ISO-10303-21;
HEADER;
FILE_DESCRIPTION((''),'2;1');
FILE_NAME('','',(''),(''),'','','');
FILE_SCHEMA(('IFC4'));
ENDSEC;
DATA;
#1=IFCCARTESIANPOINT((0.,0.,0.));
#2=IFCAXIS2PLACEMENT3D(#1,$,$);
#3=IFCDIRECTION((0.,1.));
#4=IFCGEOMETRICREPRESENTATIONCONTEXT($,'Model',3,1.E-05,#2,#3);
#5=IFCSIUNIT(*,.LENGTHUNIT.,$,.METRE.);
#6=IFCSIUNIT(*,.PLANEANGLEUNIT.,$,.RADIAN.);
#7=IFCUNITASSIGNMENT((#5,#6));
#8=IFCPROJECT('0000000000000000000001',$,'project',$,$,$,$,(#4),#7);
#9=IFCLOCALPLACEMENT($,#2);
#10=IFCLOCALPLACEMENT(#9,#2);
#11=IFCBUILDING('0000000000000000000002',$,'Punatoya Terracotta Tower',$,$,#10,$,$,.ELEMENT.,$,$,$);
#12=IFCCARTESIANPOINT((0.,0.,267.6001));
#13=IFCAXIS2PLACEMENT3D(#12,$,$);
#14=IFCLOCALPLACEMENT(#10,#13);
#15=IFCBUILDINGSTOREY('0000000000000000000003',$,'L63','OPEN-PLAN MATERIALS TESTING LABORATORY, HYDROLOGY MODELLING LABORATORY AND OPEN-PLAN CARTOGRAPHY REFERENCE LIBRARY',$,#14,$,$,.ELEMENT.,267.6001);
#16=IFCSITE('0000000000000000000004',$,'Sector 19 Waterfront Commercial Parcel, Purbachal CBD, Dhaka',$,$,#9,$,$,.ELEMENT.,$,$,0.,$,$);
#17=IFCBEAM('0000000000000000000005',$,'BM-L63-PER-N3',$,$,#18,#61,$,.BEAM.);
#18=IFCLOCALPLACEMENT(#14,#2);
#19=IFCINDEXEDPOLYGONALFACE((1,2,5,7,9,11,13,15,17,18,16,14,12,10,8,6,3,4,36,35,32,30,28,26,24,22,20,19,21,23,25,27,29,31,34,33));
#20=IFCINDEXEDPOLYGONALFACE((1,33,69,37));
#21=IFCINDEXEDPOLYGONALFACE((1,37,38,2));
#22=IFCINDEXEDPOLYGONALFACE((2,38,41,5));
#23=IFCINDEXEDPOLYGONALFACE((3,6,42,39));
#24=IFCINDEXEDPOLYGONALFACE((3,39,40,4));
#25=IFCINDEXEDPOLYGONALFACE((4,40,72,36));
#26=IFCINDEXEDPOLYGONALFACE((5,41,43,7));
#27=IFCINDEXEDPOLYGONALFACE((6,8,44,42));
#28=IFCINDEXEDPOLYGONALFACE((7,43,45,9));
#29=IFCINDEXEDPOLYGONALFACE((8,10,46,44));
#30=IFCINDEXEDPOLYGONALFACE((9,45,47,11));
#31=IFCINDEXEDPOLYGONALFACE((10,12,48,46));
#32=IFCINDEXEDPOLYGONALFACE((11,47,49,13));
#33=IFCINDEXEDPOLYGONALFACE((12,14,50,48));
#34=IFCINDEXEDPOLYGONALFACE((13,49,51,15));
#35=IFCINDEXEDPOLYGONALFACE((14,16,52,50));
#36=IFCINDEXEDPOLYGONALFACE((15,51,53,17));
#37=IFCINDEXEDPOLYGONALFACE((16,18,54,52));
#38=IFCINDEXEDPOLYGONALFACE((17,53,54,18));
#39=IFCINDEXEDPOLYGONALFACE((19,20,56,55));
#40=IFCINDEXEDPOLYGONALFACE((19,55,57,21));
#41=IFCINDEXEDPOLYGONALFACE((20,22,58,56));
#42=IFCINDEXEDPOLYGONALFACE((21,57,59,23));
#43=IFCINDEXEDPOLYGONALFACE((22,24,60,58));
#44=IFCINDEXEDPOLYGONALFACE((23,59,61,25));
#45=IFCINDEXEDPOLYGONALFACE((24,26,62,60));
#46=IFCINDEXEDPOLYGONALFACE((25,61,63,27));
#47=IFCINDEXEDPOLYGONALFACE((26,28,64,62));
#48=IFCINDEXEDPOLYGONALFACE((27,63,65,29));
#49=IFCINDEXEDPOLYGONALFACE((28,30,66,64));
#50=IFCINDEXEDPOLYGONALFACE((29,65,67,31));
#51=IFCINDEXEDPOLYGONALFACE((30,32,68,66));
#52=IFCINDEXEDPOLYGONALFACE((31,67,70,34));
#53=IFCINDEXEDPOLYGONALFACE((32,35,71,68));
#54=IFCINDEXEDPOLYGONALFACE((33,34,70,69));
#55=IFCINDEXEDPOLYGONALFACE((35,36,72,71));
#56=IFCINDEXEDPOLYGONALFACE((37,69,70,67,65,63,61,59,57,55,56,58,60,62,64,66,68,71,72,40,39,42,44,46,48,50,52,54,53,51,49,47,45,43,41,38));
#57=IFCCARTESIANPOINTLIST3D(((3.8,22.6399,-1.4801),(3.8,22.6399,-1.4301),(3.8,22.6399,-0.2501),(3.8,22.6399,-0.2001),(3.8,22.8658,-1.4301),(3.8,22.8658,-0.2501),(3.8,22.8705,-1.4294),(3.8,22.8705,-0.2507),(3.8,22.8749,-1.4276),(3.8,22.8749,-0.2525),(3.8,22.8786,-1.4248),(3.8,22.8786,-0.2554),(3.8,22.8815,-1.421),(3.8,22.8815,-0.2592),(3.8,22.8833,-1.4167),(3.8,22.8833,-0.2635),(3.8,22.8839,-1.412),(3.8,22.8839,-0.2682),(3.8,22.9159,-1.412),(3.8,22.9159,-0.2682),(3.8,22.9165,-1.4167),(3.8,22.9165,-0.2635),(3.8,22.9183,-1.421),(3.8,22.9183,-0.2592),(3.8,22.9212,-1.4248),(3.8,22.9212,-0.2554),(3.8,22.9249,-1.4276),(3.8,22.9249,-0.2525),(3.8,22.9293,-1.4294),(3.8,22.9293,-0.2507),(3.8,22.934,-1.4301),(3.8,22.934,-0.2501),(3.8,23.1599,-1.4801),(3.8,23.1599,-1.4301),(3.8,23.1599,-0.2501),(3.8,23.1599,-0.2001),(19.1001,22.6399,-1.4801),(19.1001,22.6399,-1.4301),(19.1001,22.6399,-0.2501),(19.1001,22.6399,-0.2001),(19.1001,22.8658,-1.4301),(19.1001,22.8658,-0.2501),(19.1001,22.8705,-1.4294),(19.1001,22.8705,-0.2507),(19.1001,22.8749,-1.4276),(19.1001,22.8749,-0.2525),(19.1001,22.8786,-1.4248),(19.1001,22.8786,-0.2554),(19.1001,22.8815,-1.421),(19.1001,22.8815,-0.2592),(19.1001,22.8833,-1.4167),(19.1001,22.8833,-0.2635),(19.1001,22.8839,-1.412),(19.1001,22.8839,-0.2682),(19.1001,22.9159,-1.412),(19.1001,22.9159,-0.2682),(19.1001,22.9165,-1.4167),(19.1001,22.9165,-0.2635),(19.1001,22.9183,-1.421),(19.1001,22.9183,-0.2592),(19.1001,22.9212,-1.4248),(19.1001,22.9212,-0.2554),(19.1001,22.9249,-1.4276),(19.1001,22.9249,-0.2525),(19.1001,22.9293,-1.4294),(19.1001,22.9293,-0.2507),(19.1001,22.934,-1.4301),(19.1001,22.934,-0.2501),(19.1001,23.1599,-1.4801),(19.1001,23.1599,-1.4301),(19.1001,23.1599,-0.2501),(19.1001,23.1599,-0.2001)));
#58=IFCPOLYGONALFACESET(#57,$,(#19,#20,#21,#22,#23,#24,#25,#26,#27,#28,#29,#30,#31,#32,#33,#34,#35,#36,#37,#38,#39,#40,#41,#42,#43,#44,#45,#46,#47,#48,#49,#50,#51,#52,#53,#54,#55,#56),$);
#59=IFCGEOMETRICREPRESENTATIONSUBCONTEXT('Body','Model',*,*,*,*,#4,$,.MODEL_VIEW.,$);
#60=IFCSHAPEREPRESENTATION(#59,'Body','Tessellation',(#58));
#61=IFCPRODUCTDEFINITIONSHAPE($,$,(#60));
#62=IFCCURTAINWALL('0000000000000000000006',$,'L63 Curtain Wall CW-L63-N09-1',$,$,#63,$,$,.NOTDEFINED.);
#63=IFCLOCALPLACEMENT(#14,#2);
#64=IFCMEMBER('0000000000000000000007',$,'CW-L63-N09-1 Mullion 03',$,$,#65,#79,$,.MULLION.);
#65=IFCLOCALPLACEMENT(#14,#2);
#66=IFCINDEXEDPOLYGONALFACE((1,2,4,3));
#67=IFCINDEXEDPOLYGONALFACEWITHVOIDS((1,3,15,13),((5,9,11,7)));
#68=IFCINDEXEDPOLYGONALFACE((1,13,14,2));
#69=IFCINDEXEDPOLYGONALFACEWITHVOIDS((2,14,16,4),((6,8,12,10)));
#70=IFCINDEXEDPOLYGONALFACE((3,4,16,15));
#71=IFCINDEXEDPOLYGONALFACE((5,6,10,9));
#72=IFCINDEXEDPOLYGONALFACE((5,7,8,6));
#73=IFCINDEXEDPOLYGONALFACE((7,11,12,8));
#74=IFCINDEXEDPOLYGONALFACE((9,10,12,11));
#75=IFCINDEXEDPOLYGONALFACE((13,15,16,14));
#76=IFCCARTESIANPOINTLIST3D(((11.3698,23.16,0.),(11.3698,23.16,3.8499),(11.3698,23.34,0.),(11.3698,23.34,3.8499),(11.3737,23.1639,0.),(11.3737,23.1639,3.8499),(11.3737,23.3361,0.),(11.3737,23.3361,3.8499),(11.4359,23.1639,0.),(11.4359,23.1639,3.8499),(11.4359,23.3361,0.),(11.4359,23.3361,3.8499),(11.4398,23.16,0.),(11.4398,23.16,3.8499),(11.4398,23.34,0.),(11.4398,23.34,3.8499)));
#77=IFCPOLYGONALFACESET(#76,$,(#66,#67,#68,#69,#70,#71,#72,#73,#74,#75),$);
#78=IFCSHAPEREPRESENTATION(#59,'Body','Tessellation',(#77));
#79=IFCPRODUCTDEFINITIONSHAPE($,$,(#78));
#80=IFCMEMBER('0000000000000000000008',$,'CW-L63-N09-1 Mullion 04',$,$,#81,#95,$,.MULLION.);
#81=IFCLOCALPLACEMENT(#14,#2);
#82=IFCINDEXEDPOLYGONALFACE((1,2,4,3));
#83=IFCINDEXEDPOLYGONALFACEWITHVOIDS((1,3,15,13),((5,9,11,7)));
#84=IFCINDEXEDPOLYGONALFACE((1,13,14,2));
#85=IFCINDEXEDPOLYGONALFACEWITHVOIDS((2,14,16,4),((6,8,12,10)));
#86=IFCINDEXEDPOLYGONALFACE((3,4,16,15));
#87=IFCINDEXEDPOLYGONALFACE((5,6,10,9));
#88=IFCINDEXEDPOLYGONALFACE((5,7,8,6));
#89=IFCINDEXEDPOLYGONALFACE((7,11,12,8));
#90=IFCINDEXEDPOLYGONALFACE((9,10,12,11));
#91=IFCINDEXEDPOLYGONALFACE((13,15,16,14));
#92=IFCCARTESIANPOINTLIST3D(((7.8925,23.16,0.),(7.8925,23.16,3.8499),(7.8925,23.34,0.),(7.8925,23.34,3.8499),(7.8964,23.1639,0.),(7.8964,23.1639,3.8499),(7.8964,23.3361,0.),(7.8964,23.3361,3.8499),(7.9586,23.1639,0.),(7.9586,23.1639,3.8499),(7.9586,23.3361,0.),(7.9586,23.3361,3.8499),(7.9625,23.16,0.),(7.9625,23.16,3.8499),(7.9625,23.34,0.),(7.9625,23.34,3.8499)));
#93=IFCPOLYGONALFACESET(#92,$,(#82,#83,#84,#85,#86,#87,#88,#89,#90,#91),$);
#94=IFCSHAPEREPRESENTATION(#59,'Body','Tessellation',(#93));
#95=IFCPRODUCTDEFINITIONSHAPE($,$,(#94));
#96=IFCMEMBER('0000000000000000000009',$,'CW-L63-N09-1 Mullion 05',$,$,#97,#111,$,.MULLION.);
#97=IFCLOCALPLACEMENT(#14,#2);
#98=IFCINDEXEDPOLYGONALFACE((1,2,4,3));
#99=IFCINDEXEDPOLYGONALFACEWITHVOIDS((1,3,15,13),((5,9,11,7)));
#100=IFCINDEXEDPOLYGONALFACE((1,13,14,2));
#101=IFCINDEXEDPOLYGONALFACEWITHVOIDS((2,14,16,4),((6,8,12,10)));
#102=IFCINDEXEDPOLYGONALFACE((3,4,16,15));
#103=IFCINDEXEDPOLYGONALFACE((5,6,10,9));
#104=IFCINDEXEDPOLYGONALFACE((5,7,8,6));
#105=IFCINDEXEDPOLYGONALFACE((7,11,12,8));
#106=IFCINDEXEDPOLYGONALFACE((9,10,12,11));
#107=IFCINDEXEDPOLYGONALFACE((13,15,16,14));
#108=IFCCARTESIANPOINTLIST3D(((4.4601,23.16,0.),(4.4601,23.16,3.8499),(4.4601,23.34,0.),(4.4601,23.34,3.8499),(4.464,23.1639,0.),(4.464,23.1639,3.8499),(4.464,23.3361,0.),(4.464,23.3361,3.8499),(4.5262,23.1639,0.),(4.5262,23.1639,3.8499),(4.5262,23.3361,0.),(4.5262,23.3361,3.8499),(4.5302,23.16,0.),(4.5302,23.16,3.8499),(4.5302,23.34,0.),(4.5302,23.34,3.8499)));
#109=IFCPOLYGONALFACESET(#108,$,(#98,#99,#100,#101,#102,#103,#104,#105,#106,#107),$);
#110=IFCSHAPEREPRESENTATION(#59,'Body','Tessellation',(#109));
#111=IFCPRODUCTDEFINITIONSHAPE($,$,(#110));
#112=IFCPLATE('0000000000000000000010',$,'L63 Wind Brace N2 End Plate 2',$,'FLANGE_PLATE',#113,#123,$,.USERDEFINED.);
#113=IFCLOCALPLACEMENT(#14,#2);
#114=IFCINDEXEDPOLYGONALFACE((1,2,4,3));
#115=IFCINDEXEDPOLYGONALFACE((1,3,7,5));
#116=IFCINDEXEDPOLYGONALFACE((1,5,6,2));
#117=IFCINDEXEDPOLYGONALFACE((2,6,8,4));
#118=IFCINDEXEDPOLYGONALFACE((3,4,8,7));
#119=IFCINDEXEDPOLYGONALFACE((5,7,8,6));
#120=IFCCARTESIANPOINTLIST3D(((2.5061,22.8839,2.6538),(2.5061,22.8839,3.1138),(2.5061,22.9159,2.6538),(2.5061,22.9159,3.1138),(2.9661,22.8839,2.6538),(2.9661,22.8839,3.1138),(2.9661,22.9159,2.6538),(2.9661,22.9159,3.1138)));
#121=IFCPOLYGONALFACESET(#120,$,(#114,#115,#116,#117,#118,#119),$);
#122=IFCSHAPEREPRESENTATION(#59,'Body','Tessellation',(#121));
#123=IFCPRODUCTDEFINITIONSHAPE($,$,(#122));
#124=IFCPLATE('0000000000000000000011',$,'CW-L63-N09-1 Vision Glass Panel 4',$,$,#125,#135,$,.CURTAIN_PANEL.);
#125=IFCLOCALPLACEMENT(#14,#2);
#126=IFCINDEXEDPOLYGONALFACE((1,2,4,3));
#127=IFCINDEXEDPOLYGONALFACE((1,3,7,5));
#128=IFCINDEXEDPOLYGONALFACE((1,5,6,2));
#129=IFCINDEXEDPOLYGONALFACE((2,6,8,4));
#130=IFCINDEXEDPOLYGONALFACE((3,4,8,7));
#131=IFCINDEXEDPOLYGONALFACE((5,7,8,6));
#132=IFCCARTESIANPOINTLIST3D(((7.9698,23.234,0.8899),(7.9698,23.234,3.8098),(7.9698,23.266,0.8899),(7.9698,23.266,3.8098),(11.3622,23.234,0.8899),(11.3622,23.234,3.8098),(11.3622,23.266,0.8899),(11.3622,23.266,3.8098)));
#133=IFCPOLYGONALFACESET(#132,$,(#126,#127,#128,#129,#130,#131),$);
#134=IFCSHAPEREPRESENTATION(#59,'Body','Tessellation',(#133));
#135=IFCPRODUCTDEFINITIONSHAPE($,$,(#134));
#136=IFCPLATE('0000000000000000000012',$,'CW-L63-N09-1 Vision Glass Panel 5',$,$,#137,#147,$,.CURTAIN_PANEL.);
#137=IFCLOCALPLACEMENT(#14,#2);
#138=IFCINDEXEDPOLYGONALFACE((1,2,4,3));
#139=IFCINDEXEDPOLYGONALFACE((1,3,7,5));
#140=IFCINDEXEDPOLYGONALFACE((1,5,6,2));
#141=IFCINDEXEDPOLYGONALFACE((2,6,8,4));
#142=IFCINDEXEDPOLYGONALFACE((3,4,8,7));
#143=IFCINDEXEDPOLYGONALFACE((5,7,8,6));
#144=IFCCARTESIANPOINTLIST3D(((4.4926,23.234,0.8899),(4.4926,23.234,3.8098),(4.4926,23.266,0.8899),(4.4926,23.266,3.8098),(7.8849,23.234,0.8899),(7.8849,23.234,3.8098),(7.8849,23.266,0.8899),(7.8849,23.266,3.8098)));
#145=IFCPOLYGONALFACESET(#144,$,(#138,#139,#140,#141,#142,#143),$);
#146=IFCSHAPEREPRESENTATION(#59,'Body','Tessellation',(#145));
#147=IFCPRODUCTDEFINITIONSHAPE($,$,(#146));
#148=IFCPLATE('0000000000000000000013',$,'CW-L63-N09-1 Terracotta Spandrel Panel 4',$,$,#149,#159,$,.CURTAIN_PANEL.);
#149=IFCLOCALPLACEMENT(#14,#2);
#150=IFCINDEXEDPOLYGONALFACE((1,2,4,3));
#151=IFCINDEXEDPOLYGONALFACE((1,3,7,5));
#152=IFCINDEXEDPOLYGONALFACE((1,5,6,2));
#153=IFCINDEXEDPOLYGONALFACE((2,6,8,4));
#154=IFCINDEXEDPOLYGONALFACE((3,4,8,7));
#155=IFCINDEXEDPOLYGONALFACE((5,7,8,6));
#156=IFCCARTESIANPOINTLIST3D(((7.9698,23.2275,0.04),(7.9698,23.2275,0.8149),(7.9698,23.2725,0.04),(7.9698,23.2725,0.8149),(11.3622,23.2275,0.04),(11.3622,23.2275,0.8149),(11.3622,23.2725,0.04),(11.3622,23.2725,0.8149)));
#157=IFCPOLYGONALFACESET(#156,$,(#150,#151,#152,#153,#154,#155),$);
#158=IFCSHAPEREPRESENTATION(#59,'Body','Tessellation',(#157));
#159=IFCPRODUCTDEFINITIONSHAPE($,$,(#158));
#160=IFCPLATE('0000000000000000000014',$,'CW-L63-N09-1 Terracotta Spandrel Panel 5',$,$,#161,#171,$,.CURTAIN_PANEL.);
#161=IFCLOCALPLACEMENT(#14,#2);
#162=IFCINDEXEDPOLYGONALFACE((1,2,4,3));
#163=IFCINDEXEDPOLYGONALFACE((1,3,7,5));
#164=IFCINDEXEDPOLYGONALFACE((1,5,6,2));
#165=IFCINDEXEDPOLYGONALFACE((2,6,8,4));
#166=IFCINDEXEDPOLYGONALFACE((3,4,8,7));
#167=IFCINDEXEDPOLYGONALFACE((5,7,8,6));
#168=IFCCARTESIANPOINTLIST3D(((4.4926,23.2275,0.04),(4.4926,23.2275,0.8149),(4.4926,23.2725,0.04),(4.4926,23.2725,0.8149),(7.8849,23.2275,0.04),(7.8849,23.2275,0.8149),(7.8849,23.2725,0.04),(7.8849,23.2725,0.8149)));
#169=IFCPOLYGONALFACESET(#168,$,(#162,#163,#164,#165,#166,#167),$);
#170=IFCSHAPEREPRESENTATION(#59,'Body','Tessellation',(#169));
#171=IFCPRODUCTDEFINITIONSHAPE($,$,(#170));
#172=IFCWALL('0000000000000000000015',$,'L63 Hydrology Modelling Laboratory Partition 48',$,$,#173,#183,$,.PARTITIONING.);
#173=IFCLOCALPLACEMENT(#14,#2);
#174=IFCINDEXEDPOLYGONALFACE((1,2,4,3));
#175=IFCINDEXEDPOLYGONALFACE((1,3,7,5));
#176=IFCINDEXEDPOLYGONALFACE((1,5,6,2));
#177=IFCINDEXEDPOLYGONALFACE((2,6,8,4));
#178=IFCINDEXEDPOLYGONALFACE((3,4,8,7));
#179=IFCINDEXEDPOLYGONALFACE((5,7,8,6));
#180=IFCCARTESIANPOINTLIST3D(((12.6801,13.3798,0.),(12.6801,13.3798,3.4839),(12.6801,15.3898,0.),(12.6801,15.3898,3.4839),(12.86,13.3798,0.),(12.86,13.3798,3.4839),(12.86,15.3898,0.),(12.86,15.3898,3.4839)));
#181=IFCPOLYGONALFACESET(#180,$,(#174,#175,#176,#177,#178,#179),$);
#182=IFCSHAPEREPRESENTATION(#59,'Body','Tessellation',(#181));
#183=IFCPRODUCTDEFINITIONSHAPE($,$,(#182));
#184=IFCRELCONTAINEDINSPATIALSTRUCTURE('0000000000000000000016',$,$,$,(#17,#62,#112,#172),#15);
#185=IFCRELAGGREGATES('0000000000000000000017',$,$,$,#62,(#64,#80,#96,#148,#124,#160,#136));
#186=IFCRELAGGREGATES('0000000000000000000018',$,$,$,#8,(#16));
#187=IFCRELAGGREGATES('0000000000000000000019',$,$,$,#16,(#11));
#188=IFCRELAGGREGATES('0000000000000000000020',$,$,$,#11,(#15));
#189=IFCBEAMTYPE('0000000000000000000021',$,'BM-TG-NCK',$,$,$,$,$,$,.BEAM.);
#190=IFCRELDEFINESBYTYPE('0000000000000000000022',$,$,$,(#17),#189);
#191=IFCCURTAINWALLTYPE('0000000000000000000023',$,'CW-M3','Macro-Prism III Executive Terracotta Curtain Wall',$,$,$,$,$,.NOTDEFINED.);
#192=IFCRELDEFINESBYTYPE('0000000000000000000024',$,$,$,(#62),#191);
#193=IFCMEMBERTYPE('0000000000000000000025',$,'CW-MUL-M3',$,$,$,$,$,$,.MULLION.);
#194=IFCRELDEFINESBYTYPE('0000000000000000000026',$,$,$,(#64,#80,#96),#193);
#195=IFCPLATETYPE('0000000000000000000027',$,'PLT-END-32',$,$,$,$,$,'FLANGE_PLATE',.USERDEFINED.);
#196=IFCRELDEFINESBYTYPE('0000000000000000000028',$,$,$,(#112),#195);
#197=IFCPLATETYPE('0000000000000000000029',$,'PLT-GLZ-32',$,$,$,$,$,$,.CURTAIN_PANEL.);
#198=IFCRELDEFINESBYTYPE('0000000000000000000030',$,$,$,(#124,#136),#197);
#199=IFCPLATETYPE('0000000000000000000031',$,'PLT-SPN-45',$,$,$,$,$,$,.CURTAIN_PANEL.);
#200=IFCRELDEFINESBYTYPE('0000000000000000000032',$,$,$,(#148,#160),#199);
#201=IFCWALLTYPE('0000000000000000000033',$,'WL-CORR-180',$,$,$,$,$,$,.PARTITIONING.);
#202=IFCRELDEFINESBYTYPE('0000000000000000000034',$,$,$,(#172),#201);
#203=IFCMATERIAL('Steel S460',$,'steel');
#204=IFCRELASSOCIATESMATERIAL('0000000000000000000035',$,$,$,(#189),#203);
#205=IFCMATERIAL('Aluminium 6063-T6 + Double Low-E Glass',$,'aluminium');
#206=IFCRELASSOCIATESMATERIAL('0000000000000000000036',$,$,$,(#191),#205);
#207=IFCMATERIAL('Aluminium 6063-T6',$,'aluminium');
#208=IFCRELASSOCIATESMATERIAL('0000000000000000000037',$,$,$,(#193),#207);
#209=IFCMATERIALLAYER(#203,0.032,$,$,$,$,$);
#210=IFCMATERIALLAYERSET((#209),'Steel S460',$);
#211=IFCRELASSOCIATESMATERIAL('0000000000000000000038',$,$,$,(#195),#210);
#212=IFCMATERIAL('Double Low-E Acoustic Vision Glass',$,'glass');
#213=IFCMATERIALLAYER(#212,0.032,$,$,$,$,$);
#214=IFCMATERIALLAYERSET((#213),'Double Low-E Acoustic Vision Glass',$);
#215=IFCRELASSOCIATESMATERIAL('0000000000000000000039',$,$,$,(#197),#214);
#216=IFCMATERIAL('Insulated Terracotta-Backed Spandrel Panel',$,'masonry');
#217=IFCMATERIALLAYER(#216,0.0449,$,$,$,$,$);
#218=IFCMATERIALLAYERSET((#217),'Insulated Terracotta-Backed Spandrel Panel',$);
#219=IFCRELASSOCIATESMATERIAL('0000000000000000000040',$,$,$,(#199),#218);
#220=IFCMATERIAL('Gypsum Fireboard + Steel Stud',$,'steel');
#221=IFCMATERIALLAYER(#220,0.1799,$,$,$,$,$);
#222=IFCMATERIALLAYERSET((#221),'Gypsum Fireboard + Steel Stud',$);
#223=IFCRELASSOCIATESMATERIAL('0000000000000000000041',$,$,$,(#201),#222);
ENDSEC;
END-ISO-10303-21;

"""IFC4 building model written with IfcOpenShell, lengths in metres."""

from ifc_helpers import new_model, si_unit, direction, frame, frame_2d, origin, origin_2d, place, context, subcontext, project, spatial, rectangle, hollow_rectangle, i_section, extrude, material, layer, layer_set, material_profile, profile_set, type_object, element, aggregate, save


model = new_model("IFC4")

# Units and contexts
model_context = context("Model", 3, precision=1e-05, world=origin(), true_north=direction((0.0, 1.0)))
body_context = subcontext(model_context, "Body", "Model", "MODEL_VIEW")
ifc_project = project(units=[si_unit("LENGTHUNIT", "METRE"), si_unit("PLANEANGLEUNIT", "RADIAN")], contexts=[model_context])

# Site, building, storey
site_placement = place(None, origin())
site = spatial("IfcSite", under=ifc_project, at=site_placement, Name="Sector 19 Waterfront Commercial Parcel, Purbachal CBD, Dhaka", CompositionType="ELEMENT", RefElevation=0.0)
building_placement = place(site_placement, origin())
building = spatial("IfcBuilding", under=site, at=building_placement, Name="Punatoya Terracotta Tower", CompositionType="ELEMENT")
storey_placement = place(building_placement, frame((0.0, 0.0, 267.6001)))
storey = spatial("IfcBuildingStorey", under=building, at=storey_placement, Name="L63", Description="OPEN-PLAN MATERIALS TESTING LABORATORY, HYDROLOGY MODELLING LABORATORY AND OPEN-PLAN CARTOGRAPHY REFERENCE LIBRARY", CompositionType="ELEMENT", Elevation=267.6001)

# Shared definitions
ifc_material_1 = material(Name="Steel S460", Category="steel")

# Beam
ifc_material_profile_1 = material_profile(ifc_material_1, i_section(OverallWidth=0.52, OverallDepth=1.28, WebThickness=0.032, FlangeThickness=0.05, FilletRadius=0.0181, at=origin_2d()))
ifc_profile_set_1 = profile_set([ifc_material_profile_1], Name="Steel S460")
beam_type_1 = type_object("IfcBeamType", Name="BM-TG-NCK", PredefinedType="BEAM", material=ifc_profile_set_1)
beam_1_placement = place(storey_placement, frame((3.8, 22.8999, -0.8401), z_axis=(1.0, 0.0, 0.0), x_axis=(0.0, 1.0, 0.0)))
element("IfcBeam", 1, at=beam_1_placement, inside=storey, type_object=beam_type_1, Name="BM-L63-PER-N3", PredefinedType="BEAM", context=body_context, shape_type="SweptSolid", body=[
    extrude(i_section(OverallWidth=0.52, OverallDepth=1.28, WebThickness=0.032, FlangeThickness=0.05, FilletRadius=0.0181, at=origin_2d()), origin(), (0.0, 0.0, 1.0), 15.3),
])

# Curtain wall, members
ifc_material_2 = material(Name="Aluminium 6063-T6 + Double Low-E Glass", Category="aluminium")
curtain_wall_type = type_object("IfcCurtainWallType", Name="CW-M3", Description="Macro-Prism III Executive Terracotta Curtain Wall", PredefinedType="NOTDEFINED", material=ifc_material_2)
curtain_wall_placement = place(storey_placement, origin())
curtain_wall = element("IfcCurtainWall", 2, at=curtain_wall_placement, inside=storey, type_object=curtain_wall_type, Name="L63 Curtain Wall CW-L63-N09-1", PredefinedType="NOTDEFINED")
ifc_material_3 = material(Name="Aluminium 6063-T6", Category="aluminium")
ifc_material_profile_2 = material_profile(ifc_material_3, hollow_rectangle(XDim=0.0701, YDim=0.1799, WallThickness=0.0039, at=origin_2d()))
ifc_profile_set_2 = profile_set([ifc_material_profile_2], Name="Aluminium 6063-T6")
member_type = type_object("IfcMemberType", Name="CW-MUL-M3", PredefinedType="MULLION", material=ifc_profile_set_2)
member_1_placement = place(storey_placement, frame((11.4048, 23.25, 0.0), z_axis=(0.0, 0.0, 1.0), x_axis=(1.0, 0.0, 0.0)))
member_1 = element("IfcMember", 3, at=member_1_placement, type_object=member_type, Name="CW-L63-N09-1 Mullion 03", PredefinedType="MULLION", context=body_context, shape_type="SweptSolid", body=[
    extrude(hollow_rectangle(XDim=0.0701, YDim=0.1799, WallThickness=0.0039, at=origin_2d()), origin(), (0.0, 0.0, 1.0), 3.8499),
])
member_2_placement = place(storey_placement, frame((7.9275, 23.25, 0.0), z_axis=(0.0, 0.0, 1.0), x_axis=(1.0, 0.0, 0.0)))
member_2 = element("IfcMember", 4, at=member_2_placement, type_object=member_type, Name="CW-L63-N09-1 Mullion 04", PredefinedType="MULLION", context=body_context, shape_type="SweptSolid", body=[
    extrude(hollow_rectangle(XDim=0.0701, YDim=0.1799, WallThickness=0.0039, at=origin_2d()), origin(), (0.0, 0.0, 1.0), 3.8499),
])
member_3_placement = place(storey_placement, frame((4.4951, 23.25, 0.0), z_axis=(0.0, 0.0, 1.0), x_axis=(1.0, 0.0, 0.0)))
member_3 = element("IfcMember", 5, at=member_3_placement, type_object=member_type, Name="CW-L63-N09-1 Mullion 05", PredefinedType="MULLION", context=body_context, shape_type="SweptSolid", body=[
    extrude(hollow_rectangle(XDim=0.0701, YDim=0.1799, WallThickness=0.0039, at=origin_2d()), origin(), (0.0, 0.0, 1.0), 3.8499),
])

# Plates
ifc_layer_1 = layer(ifc_material_1, 0.032)
ifc_layer_set_1 = layer_set([ifc_layer_1], Name="Steel S460")
plate_type_1 = type_object("IfcPlateType", Name="PLT-END-32", ElementType="FLANGE_PLATE", PredefinedType="USERDEFINED", material=ifc_layer_set_1)
plate_1_placement = place(storey_placement, frame((2.7361, 22.8999, 2.6538), z_axis=(0.0, 0.0, 1.0), x_axis=(1.0, 0.0, 0.0)))
element("IfcPlate", 6, at=plate_1_placement, inside=storey, type_object=plate_type_1, Name="L63 Wind Brace N2 End Plate 2", ObjectType="FLANGE_PLATE", PredefinedType="USERDEFINED", context=body_context, shape_type="SweptSolid", body=[
    extrude(rectangle(XDim=0.46, YDim=0.032, at=origin_2d()), origin(), (0.0, 0.0, 1.0), 0.46),
])
ifc_material_4 = material(Name="Double Low-E Acoustic Vision Glass", Category="glass")
ifc_layer_2 = layer(ifc_material_4, 0.032)
ifc_layer_set_2 = layer_set([ifc_layer_2], Name="Double Low-E Acoustic Vision Glass")
plate_type_2 = type_object("IfcPlateType", Name="PLT-GLZ-32", PredefinedType="CURTAIN_PANEL", material=ifc_layer_set_2)
plate_2_placement = place(storey_placement, frame((9.666, 23.25, 0.8899), z_axis=(0.0, 0.0, 1.0), x_axis=(-1.0, 0.0, 0.0)))
plate_2 = element("IfcPlate", 7, at=plate_2_placement, type_object=plate_type_2, Name="CW-L63-N09-1 Vision Glass Panel 4", PredefinedType="CURTAIN_PANEL", context=body_context, shape_type="SweptSolid", body=[
    extrude(rectangle(XDim=3.3923, YDim=0.032, at=origin_2d()), origin(), (0.0, 0.0, 1.0), 2.9199),
])
plate_3_placement = place(storey_placement, frame((6.1887, 23.25, 0.8899), z_axis=(0.0, 0.0, 1.0), x_axis=(-1.0, 0.0, 0.0)))
plate_3 = element("IfcPlate", 8, at=plate_3_placement, type_object=plate_type_2, Name="CW-L63-N09-1 Vision Glass Panel 5", PredefinedType="CURTAIN_PANEL", context=body_context, shape_type="SweptSolid", body=[
    extrude(rectangle(XDim=3.3923, YDim=0.032, at=origin_2d()), origin(), (0.0, 0.0, 1.0), 2.9199),
])
ifc_material_5 = material(Name="Insulated Terracotta-Backed Spandrel Panel", Category="masonry")
ifc_layer_3 = layer(ifc_material_5, 0.0449)
ifc_layer_set_3 = layer_set([ifc_layer_3], Name="Insulated Terracotta-Backed Spandrel Panel")
plate_type_3 = type_object("IfcPlateType", Name="PLT-SPN-45", PredefinedType="CURTAIN_PANEL", material=ifc_layer_set_3)
plate_4_placement = place(storey_placement, frame((9.666, 23.25, 0.04), z_axis=(0.0, 0.0, 1.0), x_axis=(-1.0, 0.0, 0.0)))
plate_4 = element("IfcPlate", 9, at=plate_4_placement, type_object=plate_type_3, Name="CW-L63-N09-1 Terracotta Spandrel Panel 4", PredefinedType="CURTAIN_PANEL", context=body_context, shape_type="SweptSolid", body=[
    extrude(rectangle(XDim=3.3923, YDim=0.0449, at=origin_2d()), origin(), (0.0, 0.0, 1.0), 0.7749),
])
plate_5_placement = place(storey_placement, frame((6.1887, 23.25, 0.04), z_axis=(0.0, 0.0, 1.0), x_axis=(-1.0, 0.0, 0.0)))
plate_5 = element("IfcPlate", 10, at=plate_5_placement, type_object=plate_type_3, Name="CW-L63-N09-1 Terracotta Spandrel Panel 5", PredefinedType="CURTAIN_PANEL", context=body_context, shape_type="SweptSolid", body=[
    extrude(rectangle(XDim=3.3923, YDim=0.0449, at=origin_2d()), origin(), (0.0, 0.0, 1.0), 0.7749),
])
aggregate(curtain_wall, [member_1, member_2, member_3, plate_4, plate_2, plate_5, plate_3])

# Wall
ifc_material_6 = material(Name="Gypsum Fireboard + Steel Stud", Category="steel")
ifc_layer_4 = layer(ifc_material_6, 0.1799)
ifc_layer_set_4 = layer_set([ifc_layer_4], Name="Gypsum Fireboard + Steel Stud")
wall_type_1 = type_object("IfcWallType", Name="WL-CORR-180", PredefinedType="PARTITIONING", material=ifc_layer_set_4)
wall_1_placement = place(storey_placement, frame((12.77, 13.3799, 0.0), z_axis=(0.0, 0.0, 1.0), x_axis=(0.0, 1.0, 0.0)))
element("IfcWall", 11, at=wall_1_placement, inside=storey, type_object=wall_type_1, Name="L63 Hydrology Modelling Laboratory Partition 48", PredefinedType="PARTITIONING", context=body_context, shape_type="SweptSolid", body=[
    extrude(rectangle(XDim=2.01, YDim=0.1799, at=frame_2d((1.0049, 0.0))), origin(), (0.0, 0.0, 1.0), 3.4839),
])

save(model, "model.ifc")
